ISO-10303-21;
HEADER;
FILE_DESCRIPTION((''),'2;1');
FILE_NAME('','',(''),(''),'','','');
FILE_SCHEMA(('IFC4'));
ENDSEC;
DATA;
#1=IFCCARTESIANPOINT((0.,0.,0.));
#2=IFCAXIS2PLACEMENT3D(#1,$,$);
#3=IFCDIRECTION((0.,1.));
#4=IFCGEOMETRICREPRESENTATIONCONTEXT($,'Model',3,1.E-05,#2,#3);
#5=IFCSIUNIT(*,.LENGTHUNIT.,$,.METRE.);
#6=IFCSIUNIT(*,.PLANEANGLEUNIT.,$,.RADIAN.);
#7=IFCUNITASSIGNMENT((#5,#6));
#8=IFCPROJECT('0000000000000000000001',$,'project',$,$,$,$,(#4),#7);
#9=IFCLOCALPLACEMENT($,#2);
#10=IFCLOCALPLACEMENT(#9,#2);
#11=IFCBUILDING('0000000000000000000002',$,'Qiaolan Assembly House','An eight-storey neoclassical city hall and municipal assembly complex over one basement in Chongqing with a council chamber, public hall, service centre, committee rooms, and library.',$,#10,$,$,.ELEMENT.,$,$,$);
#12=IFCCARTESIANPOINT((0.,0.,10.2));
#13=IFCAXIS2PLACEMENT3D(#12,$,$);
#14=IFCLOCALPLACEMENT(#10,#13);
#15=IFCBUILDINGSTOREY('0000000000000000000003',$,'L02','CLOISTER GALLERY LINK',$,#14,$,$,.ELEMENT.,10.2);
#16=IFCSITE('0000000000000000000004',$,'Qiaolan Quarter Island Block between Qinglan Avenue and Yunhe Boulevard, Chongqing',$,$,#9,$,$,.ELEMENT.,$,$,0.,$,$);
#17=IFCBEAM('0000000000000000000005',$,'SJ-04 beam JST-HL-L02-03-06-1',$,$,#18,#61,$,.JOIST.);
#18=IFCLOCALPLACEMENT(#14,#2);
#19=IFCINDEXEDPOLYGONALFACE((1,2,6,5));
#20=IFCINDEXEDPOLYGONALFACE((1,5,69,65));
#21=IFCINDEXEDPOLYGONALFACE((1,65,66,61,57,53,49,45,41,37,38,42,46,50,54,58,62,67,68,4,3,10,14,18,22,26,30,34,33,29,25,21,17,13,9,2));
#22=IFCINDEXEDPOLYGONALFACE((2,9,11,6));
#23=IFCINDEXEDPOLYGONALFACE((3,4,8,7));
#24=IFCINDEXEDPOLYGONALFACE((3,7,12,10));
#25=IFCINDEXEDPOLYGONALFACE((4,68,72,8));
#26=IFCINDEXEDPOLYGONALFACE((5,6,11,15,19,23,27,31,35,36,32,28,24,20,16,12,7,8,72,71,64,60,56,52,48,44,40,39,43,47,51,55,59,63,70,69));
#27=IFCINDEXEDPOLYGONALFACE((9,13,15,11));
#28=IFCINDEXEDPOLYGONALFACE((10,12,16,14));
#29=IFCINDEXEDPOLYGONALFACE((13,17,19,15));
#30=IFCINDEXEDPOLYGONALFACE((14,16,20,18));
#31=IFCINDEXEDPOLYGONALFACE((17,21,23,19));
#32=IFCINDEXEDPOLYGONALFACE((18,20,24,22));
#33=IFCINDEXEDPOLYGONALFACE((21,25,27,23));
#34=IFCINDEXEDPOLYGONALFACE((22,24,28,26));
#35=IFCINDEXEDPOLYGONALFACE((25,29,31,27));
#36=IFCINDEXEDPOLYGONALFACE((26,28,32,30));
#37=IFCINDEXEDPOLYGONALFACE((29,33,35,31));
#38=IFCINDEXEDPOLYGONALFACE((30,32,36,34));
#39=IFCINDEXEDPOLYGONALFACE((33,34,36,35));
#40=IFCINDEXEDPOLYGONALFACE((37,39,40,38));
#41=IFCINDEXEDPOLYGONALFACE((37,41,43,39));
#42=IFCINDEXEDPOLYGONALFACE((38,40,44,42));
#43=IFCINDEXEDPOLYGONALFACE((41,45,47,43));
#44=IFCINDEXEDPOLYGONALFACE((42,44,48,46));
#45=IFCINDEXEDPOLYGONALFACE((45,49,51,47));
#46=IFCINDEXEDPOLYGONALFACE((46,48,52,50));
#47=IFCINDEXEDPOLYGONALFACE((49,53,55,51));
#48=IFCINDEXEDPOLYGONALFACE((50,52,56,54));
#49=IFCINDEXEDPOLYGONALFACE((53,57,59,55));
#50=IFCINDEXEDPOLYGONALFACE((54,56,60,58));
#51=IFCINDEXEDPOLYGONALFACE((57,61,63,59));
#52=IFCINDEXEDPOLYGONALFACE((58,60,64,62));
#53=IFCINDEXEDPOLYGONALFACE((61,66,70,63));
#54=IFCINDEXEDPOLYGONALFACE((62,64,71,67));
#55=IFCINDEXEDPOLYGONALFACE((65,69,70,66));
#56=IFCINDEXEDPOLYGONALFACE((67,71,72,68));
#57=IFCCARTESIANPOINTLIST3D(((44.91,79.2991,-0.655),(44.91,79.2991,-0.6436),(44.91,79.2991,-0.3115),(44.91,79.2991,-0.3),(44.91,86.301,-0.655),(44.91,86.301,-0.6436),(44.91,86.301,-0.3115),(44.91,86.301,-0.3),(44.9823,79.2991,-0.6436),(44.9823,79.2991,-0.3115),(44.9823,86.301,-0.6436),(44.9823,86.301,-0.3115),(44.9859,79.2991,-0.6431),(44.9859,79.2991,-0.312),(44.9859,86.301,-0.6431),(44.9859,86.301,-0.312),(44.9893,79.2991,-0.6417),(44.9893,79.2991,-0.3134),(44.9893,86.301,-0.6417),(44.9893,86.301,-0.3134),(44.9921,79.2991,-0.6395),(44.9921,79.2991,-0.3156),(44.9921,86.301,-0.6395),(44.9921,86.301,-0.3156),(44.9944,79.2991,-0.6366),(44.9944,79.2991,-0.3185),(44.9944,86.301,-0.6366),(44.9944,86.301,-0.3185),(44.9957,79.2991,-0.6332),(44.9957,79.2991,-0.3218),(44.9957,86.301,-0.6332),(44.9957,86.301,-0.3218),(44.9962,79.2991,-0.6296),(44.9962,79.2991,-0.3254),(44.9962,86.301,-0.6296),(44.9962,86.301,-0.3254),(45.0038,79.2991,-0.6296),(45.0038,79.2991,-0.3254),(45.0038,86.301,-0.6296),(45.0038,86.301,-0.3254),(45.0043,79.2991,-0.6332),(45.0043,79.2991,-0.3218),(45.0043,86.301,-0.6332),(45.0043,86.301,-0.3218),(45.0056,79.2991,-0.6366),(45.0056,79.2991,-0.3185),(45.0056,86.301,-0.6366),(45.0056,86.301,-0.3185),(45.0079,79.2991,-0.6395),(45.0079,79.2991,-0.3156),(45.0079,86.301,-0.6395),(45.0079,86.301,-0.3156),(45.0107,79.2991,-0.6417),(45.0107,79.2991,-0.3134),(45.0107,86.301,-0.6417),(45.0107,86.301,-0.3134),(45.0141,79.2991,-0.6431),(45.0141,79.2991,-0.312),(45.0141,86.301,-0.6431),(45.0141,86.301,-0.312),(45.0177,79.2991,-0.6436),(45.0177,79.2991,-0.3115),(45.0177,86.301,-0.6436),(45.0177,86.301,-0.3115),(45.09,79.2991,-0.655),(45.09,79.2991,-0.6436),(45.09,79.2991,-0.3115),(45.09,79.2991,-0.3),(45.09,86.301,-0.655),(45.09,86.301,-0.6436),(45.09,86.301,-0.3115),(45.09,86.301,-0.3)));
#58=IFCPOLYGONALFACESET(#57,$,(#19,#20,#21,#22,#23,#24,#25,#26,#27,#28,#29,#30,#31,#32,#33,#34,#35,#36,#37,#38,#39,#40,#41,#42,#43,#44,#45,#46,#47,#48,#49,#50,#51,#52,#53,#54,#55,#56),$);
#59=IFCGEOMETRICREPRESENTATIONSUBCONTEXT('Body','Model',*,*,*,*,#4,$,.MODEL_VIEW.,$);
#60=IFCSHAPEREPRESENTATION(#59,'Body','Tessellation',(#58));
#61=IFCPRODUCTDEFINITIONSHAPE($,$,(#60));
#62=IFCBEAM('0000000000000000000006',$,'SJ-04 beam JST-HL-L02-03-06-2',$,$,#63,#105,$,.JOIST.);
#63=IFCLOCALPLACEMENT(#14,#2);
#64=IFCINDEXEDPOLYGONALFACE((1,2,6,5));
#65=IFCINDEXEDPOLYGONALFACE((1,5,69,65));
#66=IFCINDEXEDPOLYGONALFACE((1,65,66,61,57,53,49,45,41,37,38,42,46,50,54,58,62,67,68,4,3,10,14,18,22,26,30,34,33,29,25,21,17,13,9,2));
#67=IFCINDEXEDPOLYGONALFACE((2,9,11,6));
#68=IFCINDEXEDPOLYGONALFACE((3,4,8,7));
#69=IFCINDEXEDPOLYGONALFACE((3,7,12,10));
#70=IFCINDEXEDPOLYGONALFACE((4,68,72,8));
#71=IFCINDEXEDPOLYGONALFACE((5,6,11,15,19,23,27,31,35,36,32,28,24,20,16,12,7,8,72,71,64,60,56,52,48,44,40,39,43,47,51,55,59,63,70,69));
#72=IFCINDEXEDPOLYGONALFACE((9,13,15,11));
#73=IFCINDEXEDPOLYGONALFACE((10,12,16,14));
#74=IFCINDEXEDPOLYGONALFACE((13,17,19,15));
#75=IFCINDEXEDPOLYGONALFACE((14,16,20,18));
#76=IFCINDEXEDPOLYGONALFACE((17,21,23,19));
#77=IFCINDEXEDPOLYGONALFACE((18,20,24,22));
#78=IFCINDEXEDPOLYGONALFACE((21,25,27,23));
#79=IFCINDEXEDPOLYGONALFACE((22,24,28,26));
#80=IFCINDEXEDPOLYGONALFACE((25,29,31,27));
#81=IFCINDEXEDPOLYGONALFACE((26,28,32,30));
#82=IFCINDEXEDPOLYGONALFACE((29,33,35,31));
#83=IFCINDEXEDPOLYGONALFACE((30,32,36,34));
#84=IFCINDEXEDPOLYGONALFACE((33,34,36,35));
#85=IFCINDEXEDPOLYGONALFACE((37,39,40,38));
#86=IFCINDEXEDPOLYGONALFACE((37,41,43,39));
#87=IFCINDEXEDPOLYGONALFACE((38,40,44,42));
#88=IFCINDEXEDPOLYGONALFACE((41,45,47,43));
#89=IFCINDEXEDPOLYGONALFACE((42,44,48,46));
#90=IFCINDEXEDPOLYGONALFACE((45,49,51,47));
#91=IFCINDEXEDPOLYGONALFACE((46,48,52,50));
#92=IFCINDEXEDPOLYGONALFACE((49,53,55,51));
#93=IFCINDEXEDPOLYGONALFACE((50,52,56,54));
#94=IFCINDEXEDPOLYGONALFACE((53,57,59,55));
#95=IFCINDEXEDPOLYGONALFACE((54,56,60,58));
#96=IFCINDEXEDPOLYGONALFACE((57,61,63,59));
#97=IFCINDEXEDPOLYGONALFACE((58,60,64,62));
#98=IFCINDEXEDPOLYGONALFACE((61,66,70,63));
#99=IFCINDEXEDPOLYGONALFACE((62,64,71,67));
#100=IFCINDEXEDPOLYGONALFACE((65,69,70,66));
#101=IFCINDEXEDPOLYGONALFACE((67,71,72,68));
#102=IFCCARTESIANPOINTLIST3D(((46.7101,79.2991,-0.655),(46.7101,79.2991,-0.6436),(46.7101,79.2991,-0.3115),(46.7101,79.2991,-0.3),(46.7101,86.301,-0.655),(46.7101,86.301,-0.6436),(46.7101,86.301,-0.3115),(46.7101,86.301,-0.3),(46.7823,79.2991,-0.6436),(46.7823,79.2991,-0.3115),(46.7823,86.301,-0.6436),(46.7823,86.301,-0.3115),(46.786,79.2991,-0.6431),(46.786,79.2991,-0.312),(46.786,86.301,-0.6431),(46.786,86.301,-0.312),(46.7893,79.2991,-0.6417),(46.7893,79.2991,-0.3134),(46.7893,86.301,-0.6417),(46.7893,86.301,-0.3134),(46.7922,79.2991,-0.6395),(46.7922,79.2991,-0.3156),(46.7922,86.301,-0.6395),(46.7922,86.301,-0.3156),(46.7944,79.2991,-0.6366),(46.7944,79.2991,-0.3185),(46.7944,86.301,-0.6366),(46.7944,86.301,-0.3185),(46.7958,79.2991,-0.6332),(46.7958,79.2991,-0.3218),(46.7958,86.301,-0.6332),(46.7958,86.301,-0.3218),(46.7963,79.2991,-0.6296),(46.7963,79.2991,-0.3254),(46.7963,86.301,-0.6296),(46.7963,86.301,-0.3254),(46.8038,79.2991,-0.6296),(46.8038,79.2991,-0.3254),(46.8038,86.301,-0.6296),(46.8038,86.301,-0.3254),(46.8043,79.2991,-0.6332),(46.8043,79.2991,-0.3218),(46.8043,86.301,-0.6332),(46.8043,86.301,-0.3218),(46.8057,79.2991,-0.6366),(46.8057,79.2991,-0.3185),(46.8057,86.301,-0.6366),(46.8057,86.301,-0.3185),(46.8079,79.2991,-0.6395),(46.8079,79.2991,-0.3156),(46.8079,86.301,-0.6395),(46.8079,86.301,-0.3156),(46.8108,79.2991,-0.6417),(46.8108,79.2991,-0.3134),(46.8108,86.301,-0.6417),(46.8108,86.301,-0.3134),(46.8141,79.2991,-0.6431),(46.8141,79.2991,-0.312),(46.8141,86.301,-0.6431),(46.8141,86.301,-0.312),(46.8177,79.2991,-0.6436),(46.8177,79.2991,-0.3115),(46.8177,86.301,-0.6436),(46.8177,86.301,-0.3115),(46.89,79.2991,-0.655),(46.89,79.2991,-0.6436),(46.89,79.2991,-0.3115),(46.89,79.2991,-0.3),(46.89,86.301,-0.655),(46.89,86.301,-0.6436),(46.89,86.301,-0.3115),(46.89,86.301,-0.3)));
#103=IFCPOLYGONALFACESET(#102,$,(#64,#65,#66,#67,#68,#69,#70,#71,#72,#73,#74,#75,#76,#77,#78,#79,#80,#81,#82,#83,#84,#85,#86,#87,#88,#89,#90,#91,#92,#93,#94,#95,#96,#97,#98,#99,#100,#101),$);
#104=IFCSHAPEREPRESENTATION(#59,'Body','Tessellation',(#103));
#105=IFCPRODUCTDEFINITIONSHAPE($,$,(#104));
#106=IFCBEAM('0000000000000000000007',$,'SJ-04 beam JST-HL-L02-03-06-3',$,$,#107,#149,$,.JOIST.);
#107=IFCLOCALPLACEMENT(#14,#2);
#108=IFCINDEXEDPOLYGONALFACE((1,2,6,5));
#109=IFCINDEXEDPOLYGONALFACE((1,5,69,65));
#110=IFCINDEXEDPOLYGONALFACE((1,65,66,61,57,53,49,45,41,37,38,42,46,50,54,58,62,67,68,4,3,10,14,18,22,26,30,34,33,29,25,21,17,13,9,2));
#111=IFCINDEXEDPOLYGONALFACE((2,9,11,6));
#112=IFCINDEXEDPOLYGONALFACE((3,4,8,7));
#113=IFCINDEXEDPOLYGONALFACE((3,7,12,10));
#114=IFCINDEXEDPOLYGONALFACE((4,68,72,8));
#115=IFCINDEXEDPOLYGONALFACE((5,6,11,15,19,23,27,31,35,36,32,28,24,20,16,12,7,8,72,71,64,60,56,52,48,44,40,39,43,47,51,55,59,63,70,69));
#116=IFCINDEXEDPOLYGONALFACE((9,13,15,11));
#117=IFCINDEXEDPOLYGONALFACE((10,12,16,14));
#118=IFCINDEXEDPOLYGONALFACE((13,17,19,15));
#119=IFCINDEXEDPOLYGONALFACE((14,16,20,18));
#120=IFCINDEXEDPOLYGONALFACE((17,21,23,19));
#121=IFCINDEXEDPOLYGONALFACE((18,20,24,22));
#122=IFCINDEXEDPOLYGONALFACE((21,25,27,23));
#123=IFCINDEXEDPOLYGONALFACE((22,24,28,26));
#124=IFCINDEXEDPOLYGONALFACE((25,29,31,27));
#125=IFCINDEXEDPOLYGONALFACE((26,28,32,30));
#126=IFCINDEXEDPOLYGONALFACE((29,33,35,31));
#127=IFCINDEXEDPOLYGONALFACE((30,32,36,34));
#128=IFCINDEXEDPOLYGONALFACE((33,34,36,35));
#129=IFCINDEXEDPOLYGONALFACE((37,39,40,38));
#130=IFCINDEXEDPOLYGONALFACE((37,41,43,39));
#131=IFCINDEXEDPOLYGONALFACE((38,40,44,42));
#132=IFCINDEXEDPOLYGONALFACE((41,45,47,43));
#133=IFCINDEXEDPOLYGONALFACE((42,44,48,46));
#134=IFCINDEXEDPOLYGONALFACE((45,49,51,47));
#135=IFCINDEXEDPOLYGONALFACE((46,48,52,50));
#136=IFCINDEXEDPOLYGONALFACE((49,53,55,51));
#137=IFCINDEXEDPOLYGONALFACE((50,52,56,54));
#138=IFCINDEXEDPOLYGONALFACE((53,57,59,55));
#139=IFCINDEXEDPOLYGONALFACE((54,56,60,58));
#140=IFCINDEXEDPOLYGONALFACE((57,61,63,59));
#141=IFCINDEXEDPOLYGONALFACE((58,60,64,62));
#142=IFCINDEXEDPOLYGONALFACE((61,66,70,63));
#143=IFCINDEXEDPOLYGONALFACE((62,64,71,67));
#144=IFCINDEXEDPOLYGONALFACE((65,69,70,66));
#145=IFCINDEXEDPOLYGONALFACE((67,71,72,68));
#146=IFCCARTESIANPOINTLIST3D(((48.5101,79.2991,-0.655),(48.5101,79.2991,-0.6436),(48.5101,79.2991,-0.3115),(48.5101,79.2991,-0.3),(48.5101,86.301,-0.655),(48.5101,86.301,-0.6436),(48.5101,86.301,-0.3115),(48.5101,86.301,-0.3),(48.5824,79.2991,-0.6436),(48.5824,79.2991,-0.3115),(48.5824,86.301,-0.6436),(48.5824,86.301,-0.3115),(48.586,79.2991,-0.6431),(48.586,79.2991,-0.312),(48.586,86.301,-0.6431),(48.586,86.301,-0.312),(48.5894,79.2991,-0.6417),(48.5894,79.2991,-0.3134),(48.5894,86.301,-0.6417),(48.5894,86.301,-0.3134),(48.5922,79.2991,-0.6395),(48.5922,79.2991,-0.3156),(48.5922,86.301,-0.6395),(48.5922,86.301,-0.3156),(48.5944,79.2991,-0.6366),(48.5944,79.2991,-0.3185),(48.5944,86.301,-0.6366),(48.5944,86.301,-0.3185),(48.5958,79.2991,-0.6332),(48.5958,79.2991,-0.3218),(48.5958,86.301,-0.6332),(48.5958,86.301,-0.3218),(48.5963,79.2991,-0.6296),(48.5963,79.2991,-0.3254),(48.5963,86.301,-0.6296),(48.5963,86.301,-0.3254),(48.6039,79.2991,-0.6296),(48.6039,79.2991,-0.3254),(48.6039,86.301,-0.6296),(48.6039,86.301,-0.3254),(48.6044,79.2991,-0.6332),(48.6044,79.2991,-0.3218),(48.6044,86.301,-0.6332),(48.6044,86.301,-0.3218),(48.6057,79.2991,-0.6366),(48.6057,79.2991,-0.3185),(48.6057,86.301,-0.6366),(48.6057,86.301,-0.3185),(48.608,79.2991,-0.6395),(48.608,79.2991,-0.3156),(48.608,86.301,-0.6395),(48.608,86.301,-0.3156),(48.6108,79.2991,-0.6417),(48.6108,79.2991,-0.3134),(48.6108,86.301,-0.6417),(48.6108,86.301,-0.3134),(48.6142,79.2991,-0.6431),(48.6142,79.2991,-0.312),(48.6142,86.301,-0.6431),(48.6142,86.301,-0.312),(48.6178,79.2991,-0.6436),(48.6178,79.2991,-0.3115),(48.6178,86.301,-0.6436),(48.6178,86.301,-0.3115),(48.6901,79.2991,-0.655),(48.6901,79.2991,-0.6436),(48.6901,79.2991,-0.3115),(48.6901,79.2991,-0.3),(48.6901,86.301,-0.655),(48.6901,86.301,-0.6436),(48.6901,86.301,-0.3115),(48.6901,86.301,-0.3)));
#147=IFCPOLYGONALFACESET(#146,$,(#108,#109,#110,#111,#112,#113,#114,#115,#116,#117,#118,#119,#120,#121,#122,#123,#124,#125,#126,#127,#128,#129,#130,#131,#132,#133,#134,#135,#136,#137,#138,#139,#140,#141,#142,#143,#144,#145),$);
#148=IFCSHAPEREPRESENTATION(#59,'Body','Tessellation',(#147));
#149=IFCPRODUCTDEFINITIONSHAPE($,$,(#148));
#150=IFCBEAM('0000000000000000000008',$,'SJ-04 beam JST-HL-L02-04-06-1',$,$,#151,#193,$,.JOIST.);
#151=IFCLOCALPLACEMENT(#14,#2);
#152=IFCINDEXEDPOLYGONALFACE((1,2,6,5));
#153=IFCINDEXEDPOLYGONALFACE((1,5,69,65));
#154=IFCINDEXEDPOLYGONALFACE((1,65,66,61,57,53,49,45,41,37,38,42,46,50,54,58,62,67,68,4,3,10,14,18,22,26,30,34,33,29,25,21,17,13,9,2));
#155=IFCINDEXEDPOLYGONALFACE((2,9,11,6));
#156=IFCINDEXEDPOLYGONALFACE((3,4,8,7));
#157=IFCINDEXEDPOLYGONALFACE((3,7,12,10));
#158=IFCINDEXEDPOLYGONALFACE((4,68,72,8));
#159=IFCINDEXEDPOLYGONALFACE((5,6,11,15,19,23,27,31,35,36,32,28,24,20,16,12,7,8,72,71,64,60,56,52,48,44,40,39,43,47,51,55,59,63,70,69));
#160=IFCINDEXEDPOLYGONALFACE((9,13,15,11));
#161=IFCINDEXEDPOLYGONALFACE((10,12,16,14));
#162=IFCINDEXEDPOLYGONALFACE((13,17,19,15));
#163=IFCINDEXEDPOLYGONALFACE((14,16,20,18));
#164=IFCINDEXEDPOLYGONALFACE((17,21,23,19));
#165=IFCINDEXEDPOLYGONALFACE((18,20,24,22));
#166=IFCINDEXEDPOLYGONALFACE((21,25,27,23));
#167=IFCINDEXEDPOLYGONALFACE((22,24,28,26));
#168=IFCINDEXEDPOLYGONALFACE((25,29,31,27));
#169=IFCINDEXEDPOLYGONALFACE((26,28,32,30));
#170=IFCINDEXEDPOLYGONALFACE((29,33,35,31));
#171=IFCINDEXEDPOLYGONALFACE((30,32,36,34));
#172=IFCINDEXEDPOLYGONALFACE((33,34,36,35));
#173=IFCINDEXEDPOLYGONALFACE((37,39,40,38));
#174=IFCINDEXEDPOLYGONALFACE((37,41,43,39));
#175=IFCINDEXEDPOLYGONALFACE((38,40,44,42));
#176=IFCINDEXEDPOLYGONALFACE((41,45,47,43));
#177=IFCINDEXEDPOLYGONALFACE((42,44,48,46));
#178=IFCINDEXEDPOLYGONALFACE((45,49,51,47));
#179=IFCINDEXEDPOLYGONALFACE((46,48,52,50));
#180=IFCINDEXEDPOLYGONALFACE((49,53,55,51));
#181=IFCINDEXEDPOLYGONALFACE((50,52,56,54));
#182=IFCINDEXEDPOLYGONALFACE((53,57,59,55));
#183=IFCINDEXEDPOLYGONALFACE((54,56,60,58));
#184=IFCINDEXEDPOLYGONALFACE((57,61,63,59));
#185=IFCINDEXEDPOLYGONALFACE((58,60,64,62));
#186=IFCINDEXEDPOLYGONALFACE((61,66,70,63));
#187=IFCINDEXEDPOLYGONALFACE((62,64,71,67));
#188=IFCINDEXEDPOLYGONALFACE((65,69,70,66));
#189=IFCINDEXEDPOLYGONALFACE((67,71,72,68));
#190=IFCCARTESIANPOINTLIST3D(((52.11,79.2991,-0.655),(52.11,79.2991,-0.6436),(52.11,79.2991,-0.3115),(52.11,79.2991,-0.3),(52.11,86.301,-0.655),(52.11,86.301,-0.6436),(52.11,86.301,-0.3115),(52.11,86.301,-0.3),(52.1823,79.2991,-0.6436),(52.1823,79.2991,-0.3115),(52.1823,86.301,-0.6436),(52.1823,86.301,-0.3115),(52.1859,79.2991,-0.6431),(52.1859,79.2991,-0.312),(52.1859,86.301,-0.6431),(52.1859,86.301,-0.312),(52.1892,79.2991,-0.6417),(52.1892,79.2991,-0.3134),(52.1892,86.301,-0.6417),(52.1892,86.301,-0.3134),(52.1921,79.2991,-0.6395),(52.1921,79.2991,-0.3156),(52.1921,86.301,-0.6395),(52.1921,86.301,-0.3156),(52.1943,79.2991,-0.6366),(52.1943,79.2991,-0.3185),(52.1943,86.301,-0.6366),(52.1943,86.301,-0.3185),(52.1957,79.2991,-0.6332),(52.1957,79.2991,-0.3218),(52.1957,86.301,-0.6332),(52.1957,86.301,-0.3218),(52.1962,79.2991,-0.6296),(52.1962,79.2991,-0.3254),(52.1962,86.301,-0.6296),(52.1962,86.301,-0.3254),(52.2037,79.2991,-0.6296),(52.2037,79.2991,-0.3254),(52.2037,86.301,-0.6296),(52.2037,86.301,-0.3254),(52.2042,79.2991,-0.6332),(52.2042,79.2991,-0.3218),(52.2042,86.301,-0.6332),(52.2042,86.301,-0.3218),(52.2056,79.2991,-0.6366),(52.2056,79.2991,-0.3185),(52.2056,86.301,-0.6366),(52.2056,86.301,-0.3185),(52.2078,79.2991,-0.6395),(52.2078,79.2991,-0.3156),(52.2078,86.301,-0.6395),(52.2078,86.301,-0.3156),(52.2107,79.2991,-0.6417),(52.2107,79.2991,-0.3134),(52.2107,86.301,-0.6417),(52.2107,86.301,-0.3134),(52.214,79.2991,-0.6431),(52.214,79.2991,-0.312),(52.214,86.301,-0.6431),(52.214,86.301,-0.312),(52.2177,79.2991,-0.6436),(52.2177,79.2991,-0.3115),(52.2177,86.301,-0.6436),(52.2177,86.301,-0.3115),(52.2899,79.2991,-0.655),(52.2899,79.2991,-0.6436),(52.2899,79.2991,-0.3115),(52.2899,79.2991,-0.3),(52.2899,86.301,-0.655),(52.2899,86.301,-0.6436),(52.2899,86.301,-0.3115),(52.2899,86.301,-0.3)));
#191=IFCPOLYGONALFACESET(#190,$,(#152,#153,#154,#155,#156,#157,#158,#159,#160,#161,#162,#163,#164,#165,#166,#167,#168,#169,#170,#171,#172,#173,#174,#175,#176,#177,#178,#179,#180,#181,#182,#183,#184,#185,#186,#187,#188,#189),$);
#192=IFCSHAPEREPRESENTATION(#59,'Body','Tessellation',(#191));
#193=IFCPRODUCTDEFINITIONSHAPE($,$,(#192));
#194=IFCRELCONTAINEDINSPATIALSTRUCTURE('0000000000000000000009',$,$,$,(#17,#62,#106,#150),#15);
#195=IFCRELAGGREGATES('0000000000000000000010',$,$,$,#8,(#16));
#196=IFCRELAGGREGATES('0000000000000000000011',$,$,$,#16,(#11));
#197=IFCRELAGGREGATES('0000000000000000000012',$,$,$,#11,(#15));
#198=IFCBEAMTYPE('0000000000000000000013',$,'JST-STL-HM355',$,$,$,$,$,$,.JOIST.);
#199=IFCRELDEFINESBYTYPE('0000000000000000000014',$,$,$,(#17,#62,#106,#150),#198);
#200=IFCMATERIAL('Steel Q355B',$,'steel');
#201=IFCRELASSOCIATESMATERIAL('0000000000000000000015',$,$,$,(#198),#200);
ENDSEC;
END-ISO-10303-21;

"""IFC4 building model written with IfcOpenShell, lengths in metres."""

from ifc_helpers import new_model, si_unit, direction, frame, origin, origin_2d, place, context, subcontext, project, spatial, i_section, extrude, material, material_profile, profile_set, type_object, element, save


model = new_model("IFC4")

# Units and contexts
model_context = context("Model", 3, precision=1e-05, world=origin(), true_north=direction((0.0, 1.0)))
body_context = subcontext(model_context, "Body", "Model", "MODEL_VIEW")
ifc_project = project(units=[si_unit("LENGTHUNIT", "METRE"), si_unit("PLANEANGLEUNIT", "RADIAN")], contexts=[model_context])

# Site, building, storey
site_placement = place(None, origin())
site = spatial("IfcSite", under=ifc_project, at=site_placement, Name="Qiaolan Quarter Island Block between Qinglan Avenue and Yunhe Boulevard, Chongqing", CompositionType="ELEMENT", RefElevation=0.0)
building_placement = place(site_placement, origin())
building = spatial("IfcBuilding", under=site, at=building_placement, Name="Qiaolan Assembly House", Description="An eight-storey neoclassical city hall and municipal assembly complex over one basement in Chongqing with a council chamber, public hall, service centre, committee rooms, and library.", CompositionType="ELEMENT")
storey_placement = place(building_placement, frame((0.0, 0.0, 10.2)))
storey = spatial("IfcBuildingStorey", under=building, at=storey_placement, Name="L02", Description="CLOISTER GALLERY LINK", CompositionType="ELEMENT", Elevation=10.2)

# Shared definitions
ifc_material_1 = material(Name="Steel Q355B", Category="steel")

# Beams
ifc_material_profile_1 = material_profile(ifc_material_1, i_section(OverallWidth=0.1799, OverallDepth=0.355, WebThickness=0.0076, FlangeThickness=0.0115, FilletRadius=0.0139, at=origin_2d()), Name="HM 355x180x7.5x11.5")
ifc_profile_set_1 = profile_set([ifc_material_profile_1], Name="Steel Q355B")
beam_type_1 = type_object("IfcBeamType", Name="JST-STL-HM355", PredefinedType="JOIST", material=ifc_profile_set_1)
for number, where, z_axis, x_axis, name in (
    (1, (45.0, 79.2991, -0.4775), (0.0, 1.0, 0.0), (-1.0, 0.0, 0.0), "SJ-04 beam JST-HL-L02-03-06-1"),
    (2, (46.8, 79.2991, -0.4775), (0.0, 1.0, 0.0), (-1.0, 0.0, 0.0), "SJ-04 beam JST-HL-L02-03-06-2"),
    (3, (48.6001, 79.2991, -0.4775), (0.0, 1.0, 0.0), (-1.0, 0.0, 0.0), "SJ-04 beam JST-HL-L02-03-06-3"),
    (4, (52.2, 79.2991, -0.4775), (0.0, 1.0, 0.0), (-1.0, 0.0, 0.0), "SJ-04 beam JST-HL-L02-04-06-1"),
):
    element("IfcBeam", number, at=place(storey_placement, frame(where, z_axis=z_axis, x_axis=x_axis)), inside=storey, type_object=beam_type_1, Name=name, PredefinedType="JOIST", context=body_context, shape_type="SweptSolid", body=[
        extrude(i_section(OverallWidth=0.1799, OverallDepth=0.355, WebThickness=0.0076, FlangeThickness=0.0115, FilletRadius=0.0139, at=origin_2d()), origin(), (0.0, 0.0, 1.0), 7.002),
    ])

save(model, "model.ifc")
